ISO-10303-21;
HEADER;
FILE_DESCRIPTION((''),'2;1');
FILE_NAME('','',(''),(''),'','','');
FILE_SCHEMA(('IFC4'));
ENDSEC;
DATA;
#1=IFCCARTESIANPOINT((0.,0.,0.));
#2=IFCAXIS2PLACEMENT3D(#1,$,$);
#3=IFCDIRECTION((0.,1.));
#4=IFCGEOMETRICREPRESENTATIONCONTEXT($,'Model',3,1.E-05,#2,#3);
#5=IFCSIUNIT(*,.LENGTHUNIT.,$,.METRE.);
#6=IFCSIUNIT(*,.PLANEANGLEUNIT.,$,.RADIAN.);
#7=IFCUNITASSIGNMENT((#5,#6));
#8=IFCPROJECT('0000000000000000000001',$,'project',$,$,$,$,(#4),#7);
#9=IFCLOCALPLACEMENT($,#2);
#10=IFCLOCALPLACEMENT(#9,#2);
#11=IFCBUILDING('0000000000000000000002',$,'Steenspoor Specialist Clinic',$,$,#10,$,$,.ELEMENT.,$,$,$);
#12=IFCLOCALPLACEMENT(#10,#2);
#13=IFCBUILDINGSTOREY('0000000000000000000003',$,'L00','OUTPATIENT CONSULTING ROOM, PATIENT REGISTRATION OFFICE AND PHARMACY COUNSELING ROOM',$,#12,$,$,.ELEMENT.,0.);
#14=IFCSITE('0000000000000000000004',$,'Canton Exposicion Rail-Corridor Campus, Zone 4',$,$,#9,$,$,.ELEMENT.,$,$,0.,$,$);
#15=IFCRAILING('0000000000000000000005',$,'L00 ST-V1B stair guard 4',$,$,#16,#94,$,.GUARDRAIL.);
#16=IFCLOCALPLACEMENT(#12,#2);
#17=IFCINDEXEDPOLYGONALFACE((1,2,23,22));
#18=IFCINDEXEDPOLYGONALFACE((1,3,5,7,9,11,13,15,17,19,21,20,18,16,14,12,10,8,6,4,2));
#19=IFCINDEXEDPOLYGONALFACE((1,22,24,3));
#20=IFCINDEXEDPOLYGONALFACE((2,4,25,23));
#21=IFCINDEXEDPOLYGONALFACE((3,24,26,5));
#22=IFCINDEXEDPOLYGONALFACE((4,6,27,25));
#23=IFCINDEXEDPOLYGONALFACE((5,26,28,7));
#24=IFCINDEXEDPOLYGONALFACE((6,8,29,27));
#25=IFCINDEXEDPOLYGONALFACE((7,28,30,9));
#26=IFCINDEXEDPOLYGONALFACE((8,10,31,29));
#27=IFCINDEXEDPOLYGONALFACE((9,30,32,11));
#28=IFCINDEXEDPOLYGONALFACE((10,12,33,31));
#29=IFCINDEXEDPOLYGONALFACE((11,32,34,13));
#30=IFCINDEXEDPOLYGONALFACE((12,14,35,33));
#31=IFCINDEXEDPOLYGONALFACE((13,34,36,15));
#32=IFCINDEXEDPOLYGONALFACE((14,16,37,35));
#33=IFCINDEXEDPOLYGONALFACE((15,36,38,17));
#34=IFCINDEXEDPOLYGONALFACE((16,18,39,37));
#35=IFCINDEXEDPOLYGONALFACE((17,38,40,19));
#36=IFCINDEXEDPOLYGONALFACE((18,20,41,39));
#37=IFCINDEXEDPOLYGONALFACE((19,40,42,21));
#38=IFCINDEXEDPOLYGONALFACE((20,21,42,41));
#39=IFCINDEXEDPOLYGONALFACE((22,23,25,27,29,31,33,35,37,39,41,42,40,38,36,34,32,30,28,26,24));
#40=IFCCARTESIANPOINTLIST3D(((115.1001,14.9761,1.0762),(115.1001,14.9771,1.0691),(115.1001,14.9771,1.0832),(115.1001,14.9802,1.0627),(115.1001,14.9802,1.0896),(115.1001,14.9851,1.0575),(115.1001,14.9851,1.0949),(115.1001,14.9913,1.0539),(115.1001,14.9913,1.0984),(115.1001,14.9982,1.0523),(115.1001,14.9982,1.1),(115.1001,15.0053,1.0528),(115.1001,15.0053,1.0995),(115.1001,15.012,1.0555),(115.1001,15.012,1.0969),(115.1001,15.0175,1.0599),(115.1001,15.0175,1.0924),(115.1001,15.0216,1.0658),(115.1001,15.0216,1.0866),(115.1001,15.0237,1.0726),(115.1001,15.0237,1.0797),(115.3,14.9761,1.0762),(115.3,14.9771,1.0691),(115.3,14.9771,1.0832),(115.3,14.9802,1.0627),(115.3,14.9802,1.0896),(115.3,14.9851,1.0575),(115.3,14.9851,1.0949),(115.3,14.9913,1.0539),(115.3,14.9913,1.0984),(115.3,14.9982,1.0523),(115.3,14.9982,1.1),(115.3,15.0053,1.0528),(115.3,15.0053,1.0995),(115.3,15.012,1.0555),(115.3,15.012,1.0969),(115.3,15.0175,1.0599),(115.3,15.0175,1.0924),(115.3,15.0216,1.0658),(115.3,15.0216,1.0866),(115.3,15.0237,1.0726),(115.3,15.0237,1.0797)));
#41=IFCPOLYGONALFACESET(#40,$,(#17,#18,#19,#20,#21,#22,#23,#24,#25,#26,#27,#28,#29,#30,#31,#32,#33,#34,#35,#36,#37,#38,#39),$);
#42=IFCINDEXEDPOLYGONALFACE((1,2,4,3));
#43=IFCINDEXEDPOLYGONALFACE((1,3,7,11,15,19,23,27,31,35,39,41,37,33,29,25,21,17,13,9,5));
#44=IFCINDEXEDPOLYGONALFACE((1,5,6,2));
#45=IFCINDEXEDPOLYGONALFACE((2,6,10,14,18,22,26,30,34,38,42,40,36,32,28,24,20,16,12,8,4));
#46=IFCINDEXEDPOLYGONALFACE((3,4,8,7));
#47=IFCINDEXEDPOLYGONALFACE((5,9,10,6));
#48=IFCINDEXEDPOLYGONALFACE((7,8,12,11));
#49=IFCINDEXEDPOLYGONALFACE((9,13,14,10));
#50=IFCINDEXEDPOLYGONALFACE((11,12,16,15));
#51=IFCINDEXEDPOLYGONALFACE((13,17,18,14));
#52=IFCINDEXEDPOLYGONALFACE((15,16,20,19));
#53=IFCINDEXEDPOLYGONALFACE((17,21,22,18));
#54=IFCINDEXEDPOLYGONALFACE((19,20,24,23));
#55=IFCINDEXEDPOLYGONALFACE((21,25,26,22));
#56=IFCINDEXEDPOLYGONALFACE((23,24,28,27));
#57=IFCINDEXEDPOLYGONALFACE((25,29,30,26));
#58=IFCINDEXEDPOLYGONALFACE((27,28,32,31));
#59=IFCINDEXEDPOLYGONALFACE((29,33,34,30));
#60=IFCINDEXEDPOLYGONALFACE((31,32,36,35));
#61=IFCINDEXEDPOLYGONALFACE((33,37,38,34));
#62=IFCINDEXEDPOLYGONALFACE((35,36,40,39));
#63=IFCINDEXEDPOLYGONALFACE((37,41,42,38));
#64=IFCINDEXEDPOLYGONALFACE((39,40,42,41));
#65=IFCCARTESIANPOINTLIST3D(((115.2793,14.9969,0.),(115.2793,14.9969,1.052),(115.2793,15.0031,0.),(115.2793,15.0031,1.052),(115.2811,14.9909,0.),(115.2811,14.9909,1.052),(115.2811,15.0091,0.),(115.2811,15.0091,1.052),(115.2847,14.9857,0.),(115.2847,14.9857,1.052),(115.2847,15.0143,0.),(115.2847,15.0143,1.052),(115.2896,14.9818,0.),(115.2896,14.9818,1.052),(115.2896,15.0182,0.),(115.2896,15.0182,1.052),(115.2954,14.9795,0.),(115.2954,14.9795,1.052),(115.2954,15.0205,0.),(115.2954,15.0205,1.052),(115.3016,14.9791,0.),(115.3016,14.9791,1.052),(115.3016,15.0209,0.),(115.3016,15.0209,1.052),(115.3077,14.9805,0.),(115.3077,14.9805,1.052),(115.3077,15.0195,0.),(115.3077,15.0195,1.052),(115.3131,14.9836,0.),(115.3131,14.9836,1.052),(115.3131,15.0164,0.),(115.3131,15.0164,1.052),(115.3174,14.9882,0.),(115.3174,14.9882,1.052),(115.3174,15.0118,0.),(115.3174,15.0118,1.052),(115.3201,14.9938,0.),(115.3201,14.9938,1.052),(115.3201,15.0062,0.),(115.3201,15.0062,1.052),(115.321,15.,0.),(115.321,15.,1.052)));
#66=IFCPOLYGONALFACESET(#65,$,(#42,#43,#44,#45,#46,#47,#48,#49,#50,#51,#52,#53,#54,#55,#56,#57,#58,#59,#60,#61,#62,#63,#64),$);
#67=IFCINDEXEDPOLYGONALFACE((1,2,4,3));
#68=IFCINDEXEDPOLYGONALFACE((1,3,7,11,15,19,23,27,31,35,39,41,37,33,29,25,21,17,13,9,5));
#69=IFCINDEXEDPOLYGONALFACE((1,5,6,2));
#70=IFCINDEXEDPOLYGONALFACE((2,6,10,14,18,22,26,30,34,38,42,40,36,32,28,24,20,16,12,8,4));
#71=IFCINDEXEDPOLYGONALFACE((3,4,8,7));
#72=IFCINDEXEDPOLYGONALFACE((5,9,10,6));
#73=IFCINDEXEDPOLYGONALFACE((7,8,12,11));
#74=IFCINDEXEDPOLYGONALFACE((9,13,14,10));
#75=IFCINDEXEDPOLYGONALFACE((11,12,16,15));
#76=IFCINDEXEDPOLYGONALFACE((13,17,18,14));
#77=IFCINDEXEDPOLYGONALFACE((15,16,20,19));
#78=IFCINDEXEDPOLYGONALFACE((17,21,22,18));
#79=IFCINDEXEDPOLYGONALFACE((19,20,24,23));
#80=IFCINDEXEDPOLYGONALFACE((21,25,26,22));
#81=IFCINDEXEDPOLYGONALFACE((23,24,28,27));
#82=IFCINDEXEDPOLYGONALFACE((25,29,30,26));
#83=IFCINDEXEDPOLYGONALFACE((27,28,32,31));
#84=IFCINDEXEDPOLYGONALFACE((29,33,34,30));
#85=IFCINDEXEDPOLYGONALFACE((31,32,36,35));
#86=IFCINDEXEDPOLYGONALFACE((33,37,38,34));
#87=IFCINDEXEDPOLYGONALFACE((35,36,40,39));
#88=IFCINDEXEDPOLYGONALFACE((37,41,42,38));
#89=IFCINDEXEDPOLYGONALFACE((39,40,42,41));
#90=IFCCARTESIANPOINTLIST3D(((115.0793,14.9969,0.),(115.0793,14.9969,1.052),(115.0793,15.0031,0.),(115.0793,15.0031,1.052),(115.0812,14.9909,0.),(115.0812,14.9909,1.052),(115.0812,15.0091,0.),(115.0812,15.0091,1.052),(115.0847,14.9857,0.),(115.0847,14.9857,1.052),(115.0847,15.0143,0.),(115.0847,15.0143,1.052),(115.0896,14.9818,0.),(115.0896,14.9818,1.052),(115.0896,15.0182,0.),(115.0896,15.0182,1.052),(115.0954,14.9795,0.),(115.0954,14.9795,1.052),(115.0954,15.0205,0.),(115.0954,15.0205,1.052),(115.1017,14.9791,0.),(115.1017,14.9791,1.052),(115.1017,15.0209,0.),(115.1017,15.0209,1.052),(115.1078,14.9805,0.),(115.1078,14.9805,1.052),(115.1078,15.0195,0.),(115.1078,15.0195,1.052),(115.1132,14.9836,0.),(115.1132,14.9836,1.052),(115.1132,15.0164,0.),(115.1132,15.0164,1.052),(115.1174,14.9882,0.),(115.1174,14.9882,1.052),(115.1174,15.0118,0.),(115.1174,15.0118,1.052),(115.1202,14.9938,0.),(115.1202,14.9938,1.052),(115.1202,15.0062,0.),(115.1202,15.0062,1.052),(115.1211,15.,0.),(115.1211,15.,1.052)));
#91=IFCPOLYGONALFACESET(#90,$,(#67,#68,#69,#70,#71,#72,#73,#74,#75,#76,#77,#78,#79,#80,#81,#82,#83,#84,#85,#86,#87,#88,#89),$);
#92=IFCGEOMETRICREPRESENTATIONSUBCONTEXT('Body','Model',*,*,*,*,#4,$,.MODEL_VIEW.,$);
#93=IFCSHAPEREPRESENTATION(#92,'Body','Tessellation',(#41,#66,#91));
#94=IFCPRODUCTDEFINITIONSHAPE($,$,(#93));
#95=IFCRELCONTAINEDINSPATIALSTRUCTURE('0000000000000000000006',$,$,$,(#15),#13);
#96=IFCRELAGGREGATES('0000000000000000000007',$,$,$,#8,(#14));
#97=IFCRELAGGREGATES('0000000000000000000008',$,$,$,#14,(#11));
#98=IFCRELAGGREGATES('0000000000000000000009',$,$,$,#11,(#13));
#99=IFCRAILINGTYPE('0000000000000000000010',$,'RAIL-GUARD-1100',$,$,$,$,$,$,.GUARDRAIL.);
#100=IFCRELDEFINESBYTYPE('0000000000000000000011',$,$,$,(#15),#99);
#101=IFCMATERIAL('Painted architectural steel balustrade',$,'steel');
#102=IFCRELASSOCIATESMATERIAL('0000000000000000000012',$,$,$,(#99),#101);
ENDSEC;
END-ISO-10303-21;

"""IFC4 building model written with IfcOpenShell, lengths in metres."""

from ifc_helpers import new_model, si_unit, direction, frame, origin, origin_2d, place, context, subcontext, project, spatial, circle, extrude, material, type_object, element, save


model = new_model("IFC4")

# Units and contexts
model_context = context("Model", 3, precision=1e-05, world=origin(), true_north=direction((0.0, 1.0)))
body_context = subcontext(model_context, "Body", "Model", "MODEL_VIEW")
ifc_project = project(units=[si_unit("LENGTHUNIT", "METRE"), si_unit("PLANEANGLEUNIT", "RADIAN")], contexts=[model_context])

# Site, building, storey
site_placement = place(None, origin())
site = spatial("IfcSite", under=ifc_project, at=site_placement, Name="Canton Exposicion Rail-Corridor Campus, Zone 4", CompositionType="ELEMENT", RefElevation=0.0)
building_placement = place(site_placement, origin())
building = spatial("IfcBuilding", under=site, at=building_placement, Name="Steenspoor Specialist Clinic", CompositionType="ELEMENT")
storey_placement = place(building_placement, origin())
storey = spatial("IfcBuildingStorey", under=building, at=storey_placement, Name="L00", Description="OUTPATIENT CONSULTING ROOM, PATIENT REGISTRATION OFFICE AND PHARMACY COUNSELING ROOM", CompositionType="ELEMENT", Elevation=0.0)

# Railing
ifc_material_1 = material(Name="Painted architectural steel balustrade", Category="steel")
railing_type_1 = type_object("IfcRailingType", Name="RAIL-GUARD-1100", PredefinedType="GUARDRAIL", material=ifc_material_1)
railing_1_placement = place(storey_placement, frame((115.3, 15.0, 0.0)))
element("IfcRailing", 1, at=railing_1_placement, inside=storey, type_object=railing_type_1, Name="L00 ST-V1B stair guard 4", PredefinedType="GUARDRAIL", context=body_context, shape_type="SweptSolid", body=[
    extrude(circle(Radius=0.0239, at=origin_2d()), frame((0.0, 0.0, 1.0762), z_axis=(-1.0, 0.0, 0.0), x_axis=(0.0, -1.0, 0.0)), (0.0, 0.0, 1.0), 0.2),
    extrude(circle(Radius=0.021, at=origin_2d()), origin(), (0.0, 0.0, 1.0), 1.052),
    extrude(circle(Radius=0.021, at=origin_2d()), frame((-0.2, 0.0, 0.0)), (0.0, 0.0, 1.0), 1.052),
])

save(model, "model.ifc")
